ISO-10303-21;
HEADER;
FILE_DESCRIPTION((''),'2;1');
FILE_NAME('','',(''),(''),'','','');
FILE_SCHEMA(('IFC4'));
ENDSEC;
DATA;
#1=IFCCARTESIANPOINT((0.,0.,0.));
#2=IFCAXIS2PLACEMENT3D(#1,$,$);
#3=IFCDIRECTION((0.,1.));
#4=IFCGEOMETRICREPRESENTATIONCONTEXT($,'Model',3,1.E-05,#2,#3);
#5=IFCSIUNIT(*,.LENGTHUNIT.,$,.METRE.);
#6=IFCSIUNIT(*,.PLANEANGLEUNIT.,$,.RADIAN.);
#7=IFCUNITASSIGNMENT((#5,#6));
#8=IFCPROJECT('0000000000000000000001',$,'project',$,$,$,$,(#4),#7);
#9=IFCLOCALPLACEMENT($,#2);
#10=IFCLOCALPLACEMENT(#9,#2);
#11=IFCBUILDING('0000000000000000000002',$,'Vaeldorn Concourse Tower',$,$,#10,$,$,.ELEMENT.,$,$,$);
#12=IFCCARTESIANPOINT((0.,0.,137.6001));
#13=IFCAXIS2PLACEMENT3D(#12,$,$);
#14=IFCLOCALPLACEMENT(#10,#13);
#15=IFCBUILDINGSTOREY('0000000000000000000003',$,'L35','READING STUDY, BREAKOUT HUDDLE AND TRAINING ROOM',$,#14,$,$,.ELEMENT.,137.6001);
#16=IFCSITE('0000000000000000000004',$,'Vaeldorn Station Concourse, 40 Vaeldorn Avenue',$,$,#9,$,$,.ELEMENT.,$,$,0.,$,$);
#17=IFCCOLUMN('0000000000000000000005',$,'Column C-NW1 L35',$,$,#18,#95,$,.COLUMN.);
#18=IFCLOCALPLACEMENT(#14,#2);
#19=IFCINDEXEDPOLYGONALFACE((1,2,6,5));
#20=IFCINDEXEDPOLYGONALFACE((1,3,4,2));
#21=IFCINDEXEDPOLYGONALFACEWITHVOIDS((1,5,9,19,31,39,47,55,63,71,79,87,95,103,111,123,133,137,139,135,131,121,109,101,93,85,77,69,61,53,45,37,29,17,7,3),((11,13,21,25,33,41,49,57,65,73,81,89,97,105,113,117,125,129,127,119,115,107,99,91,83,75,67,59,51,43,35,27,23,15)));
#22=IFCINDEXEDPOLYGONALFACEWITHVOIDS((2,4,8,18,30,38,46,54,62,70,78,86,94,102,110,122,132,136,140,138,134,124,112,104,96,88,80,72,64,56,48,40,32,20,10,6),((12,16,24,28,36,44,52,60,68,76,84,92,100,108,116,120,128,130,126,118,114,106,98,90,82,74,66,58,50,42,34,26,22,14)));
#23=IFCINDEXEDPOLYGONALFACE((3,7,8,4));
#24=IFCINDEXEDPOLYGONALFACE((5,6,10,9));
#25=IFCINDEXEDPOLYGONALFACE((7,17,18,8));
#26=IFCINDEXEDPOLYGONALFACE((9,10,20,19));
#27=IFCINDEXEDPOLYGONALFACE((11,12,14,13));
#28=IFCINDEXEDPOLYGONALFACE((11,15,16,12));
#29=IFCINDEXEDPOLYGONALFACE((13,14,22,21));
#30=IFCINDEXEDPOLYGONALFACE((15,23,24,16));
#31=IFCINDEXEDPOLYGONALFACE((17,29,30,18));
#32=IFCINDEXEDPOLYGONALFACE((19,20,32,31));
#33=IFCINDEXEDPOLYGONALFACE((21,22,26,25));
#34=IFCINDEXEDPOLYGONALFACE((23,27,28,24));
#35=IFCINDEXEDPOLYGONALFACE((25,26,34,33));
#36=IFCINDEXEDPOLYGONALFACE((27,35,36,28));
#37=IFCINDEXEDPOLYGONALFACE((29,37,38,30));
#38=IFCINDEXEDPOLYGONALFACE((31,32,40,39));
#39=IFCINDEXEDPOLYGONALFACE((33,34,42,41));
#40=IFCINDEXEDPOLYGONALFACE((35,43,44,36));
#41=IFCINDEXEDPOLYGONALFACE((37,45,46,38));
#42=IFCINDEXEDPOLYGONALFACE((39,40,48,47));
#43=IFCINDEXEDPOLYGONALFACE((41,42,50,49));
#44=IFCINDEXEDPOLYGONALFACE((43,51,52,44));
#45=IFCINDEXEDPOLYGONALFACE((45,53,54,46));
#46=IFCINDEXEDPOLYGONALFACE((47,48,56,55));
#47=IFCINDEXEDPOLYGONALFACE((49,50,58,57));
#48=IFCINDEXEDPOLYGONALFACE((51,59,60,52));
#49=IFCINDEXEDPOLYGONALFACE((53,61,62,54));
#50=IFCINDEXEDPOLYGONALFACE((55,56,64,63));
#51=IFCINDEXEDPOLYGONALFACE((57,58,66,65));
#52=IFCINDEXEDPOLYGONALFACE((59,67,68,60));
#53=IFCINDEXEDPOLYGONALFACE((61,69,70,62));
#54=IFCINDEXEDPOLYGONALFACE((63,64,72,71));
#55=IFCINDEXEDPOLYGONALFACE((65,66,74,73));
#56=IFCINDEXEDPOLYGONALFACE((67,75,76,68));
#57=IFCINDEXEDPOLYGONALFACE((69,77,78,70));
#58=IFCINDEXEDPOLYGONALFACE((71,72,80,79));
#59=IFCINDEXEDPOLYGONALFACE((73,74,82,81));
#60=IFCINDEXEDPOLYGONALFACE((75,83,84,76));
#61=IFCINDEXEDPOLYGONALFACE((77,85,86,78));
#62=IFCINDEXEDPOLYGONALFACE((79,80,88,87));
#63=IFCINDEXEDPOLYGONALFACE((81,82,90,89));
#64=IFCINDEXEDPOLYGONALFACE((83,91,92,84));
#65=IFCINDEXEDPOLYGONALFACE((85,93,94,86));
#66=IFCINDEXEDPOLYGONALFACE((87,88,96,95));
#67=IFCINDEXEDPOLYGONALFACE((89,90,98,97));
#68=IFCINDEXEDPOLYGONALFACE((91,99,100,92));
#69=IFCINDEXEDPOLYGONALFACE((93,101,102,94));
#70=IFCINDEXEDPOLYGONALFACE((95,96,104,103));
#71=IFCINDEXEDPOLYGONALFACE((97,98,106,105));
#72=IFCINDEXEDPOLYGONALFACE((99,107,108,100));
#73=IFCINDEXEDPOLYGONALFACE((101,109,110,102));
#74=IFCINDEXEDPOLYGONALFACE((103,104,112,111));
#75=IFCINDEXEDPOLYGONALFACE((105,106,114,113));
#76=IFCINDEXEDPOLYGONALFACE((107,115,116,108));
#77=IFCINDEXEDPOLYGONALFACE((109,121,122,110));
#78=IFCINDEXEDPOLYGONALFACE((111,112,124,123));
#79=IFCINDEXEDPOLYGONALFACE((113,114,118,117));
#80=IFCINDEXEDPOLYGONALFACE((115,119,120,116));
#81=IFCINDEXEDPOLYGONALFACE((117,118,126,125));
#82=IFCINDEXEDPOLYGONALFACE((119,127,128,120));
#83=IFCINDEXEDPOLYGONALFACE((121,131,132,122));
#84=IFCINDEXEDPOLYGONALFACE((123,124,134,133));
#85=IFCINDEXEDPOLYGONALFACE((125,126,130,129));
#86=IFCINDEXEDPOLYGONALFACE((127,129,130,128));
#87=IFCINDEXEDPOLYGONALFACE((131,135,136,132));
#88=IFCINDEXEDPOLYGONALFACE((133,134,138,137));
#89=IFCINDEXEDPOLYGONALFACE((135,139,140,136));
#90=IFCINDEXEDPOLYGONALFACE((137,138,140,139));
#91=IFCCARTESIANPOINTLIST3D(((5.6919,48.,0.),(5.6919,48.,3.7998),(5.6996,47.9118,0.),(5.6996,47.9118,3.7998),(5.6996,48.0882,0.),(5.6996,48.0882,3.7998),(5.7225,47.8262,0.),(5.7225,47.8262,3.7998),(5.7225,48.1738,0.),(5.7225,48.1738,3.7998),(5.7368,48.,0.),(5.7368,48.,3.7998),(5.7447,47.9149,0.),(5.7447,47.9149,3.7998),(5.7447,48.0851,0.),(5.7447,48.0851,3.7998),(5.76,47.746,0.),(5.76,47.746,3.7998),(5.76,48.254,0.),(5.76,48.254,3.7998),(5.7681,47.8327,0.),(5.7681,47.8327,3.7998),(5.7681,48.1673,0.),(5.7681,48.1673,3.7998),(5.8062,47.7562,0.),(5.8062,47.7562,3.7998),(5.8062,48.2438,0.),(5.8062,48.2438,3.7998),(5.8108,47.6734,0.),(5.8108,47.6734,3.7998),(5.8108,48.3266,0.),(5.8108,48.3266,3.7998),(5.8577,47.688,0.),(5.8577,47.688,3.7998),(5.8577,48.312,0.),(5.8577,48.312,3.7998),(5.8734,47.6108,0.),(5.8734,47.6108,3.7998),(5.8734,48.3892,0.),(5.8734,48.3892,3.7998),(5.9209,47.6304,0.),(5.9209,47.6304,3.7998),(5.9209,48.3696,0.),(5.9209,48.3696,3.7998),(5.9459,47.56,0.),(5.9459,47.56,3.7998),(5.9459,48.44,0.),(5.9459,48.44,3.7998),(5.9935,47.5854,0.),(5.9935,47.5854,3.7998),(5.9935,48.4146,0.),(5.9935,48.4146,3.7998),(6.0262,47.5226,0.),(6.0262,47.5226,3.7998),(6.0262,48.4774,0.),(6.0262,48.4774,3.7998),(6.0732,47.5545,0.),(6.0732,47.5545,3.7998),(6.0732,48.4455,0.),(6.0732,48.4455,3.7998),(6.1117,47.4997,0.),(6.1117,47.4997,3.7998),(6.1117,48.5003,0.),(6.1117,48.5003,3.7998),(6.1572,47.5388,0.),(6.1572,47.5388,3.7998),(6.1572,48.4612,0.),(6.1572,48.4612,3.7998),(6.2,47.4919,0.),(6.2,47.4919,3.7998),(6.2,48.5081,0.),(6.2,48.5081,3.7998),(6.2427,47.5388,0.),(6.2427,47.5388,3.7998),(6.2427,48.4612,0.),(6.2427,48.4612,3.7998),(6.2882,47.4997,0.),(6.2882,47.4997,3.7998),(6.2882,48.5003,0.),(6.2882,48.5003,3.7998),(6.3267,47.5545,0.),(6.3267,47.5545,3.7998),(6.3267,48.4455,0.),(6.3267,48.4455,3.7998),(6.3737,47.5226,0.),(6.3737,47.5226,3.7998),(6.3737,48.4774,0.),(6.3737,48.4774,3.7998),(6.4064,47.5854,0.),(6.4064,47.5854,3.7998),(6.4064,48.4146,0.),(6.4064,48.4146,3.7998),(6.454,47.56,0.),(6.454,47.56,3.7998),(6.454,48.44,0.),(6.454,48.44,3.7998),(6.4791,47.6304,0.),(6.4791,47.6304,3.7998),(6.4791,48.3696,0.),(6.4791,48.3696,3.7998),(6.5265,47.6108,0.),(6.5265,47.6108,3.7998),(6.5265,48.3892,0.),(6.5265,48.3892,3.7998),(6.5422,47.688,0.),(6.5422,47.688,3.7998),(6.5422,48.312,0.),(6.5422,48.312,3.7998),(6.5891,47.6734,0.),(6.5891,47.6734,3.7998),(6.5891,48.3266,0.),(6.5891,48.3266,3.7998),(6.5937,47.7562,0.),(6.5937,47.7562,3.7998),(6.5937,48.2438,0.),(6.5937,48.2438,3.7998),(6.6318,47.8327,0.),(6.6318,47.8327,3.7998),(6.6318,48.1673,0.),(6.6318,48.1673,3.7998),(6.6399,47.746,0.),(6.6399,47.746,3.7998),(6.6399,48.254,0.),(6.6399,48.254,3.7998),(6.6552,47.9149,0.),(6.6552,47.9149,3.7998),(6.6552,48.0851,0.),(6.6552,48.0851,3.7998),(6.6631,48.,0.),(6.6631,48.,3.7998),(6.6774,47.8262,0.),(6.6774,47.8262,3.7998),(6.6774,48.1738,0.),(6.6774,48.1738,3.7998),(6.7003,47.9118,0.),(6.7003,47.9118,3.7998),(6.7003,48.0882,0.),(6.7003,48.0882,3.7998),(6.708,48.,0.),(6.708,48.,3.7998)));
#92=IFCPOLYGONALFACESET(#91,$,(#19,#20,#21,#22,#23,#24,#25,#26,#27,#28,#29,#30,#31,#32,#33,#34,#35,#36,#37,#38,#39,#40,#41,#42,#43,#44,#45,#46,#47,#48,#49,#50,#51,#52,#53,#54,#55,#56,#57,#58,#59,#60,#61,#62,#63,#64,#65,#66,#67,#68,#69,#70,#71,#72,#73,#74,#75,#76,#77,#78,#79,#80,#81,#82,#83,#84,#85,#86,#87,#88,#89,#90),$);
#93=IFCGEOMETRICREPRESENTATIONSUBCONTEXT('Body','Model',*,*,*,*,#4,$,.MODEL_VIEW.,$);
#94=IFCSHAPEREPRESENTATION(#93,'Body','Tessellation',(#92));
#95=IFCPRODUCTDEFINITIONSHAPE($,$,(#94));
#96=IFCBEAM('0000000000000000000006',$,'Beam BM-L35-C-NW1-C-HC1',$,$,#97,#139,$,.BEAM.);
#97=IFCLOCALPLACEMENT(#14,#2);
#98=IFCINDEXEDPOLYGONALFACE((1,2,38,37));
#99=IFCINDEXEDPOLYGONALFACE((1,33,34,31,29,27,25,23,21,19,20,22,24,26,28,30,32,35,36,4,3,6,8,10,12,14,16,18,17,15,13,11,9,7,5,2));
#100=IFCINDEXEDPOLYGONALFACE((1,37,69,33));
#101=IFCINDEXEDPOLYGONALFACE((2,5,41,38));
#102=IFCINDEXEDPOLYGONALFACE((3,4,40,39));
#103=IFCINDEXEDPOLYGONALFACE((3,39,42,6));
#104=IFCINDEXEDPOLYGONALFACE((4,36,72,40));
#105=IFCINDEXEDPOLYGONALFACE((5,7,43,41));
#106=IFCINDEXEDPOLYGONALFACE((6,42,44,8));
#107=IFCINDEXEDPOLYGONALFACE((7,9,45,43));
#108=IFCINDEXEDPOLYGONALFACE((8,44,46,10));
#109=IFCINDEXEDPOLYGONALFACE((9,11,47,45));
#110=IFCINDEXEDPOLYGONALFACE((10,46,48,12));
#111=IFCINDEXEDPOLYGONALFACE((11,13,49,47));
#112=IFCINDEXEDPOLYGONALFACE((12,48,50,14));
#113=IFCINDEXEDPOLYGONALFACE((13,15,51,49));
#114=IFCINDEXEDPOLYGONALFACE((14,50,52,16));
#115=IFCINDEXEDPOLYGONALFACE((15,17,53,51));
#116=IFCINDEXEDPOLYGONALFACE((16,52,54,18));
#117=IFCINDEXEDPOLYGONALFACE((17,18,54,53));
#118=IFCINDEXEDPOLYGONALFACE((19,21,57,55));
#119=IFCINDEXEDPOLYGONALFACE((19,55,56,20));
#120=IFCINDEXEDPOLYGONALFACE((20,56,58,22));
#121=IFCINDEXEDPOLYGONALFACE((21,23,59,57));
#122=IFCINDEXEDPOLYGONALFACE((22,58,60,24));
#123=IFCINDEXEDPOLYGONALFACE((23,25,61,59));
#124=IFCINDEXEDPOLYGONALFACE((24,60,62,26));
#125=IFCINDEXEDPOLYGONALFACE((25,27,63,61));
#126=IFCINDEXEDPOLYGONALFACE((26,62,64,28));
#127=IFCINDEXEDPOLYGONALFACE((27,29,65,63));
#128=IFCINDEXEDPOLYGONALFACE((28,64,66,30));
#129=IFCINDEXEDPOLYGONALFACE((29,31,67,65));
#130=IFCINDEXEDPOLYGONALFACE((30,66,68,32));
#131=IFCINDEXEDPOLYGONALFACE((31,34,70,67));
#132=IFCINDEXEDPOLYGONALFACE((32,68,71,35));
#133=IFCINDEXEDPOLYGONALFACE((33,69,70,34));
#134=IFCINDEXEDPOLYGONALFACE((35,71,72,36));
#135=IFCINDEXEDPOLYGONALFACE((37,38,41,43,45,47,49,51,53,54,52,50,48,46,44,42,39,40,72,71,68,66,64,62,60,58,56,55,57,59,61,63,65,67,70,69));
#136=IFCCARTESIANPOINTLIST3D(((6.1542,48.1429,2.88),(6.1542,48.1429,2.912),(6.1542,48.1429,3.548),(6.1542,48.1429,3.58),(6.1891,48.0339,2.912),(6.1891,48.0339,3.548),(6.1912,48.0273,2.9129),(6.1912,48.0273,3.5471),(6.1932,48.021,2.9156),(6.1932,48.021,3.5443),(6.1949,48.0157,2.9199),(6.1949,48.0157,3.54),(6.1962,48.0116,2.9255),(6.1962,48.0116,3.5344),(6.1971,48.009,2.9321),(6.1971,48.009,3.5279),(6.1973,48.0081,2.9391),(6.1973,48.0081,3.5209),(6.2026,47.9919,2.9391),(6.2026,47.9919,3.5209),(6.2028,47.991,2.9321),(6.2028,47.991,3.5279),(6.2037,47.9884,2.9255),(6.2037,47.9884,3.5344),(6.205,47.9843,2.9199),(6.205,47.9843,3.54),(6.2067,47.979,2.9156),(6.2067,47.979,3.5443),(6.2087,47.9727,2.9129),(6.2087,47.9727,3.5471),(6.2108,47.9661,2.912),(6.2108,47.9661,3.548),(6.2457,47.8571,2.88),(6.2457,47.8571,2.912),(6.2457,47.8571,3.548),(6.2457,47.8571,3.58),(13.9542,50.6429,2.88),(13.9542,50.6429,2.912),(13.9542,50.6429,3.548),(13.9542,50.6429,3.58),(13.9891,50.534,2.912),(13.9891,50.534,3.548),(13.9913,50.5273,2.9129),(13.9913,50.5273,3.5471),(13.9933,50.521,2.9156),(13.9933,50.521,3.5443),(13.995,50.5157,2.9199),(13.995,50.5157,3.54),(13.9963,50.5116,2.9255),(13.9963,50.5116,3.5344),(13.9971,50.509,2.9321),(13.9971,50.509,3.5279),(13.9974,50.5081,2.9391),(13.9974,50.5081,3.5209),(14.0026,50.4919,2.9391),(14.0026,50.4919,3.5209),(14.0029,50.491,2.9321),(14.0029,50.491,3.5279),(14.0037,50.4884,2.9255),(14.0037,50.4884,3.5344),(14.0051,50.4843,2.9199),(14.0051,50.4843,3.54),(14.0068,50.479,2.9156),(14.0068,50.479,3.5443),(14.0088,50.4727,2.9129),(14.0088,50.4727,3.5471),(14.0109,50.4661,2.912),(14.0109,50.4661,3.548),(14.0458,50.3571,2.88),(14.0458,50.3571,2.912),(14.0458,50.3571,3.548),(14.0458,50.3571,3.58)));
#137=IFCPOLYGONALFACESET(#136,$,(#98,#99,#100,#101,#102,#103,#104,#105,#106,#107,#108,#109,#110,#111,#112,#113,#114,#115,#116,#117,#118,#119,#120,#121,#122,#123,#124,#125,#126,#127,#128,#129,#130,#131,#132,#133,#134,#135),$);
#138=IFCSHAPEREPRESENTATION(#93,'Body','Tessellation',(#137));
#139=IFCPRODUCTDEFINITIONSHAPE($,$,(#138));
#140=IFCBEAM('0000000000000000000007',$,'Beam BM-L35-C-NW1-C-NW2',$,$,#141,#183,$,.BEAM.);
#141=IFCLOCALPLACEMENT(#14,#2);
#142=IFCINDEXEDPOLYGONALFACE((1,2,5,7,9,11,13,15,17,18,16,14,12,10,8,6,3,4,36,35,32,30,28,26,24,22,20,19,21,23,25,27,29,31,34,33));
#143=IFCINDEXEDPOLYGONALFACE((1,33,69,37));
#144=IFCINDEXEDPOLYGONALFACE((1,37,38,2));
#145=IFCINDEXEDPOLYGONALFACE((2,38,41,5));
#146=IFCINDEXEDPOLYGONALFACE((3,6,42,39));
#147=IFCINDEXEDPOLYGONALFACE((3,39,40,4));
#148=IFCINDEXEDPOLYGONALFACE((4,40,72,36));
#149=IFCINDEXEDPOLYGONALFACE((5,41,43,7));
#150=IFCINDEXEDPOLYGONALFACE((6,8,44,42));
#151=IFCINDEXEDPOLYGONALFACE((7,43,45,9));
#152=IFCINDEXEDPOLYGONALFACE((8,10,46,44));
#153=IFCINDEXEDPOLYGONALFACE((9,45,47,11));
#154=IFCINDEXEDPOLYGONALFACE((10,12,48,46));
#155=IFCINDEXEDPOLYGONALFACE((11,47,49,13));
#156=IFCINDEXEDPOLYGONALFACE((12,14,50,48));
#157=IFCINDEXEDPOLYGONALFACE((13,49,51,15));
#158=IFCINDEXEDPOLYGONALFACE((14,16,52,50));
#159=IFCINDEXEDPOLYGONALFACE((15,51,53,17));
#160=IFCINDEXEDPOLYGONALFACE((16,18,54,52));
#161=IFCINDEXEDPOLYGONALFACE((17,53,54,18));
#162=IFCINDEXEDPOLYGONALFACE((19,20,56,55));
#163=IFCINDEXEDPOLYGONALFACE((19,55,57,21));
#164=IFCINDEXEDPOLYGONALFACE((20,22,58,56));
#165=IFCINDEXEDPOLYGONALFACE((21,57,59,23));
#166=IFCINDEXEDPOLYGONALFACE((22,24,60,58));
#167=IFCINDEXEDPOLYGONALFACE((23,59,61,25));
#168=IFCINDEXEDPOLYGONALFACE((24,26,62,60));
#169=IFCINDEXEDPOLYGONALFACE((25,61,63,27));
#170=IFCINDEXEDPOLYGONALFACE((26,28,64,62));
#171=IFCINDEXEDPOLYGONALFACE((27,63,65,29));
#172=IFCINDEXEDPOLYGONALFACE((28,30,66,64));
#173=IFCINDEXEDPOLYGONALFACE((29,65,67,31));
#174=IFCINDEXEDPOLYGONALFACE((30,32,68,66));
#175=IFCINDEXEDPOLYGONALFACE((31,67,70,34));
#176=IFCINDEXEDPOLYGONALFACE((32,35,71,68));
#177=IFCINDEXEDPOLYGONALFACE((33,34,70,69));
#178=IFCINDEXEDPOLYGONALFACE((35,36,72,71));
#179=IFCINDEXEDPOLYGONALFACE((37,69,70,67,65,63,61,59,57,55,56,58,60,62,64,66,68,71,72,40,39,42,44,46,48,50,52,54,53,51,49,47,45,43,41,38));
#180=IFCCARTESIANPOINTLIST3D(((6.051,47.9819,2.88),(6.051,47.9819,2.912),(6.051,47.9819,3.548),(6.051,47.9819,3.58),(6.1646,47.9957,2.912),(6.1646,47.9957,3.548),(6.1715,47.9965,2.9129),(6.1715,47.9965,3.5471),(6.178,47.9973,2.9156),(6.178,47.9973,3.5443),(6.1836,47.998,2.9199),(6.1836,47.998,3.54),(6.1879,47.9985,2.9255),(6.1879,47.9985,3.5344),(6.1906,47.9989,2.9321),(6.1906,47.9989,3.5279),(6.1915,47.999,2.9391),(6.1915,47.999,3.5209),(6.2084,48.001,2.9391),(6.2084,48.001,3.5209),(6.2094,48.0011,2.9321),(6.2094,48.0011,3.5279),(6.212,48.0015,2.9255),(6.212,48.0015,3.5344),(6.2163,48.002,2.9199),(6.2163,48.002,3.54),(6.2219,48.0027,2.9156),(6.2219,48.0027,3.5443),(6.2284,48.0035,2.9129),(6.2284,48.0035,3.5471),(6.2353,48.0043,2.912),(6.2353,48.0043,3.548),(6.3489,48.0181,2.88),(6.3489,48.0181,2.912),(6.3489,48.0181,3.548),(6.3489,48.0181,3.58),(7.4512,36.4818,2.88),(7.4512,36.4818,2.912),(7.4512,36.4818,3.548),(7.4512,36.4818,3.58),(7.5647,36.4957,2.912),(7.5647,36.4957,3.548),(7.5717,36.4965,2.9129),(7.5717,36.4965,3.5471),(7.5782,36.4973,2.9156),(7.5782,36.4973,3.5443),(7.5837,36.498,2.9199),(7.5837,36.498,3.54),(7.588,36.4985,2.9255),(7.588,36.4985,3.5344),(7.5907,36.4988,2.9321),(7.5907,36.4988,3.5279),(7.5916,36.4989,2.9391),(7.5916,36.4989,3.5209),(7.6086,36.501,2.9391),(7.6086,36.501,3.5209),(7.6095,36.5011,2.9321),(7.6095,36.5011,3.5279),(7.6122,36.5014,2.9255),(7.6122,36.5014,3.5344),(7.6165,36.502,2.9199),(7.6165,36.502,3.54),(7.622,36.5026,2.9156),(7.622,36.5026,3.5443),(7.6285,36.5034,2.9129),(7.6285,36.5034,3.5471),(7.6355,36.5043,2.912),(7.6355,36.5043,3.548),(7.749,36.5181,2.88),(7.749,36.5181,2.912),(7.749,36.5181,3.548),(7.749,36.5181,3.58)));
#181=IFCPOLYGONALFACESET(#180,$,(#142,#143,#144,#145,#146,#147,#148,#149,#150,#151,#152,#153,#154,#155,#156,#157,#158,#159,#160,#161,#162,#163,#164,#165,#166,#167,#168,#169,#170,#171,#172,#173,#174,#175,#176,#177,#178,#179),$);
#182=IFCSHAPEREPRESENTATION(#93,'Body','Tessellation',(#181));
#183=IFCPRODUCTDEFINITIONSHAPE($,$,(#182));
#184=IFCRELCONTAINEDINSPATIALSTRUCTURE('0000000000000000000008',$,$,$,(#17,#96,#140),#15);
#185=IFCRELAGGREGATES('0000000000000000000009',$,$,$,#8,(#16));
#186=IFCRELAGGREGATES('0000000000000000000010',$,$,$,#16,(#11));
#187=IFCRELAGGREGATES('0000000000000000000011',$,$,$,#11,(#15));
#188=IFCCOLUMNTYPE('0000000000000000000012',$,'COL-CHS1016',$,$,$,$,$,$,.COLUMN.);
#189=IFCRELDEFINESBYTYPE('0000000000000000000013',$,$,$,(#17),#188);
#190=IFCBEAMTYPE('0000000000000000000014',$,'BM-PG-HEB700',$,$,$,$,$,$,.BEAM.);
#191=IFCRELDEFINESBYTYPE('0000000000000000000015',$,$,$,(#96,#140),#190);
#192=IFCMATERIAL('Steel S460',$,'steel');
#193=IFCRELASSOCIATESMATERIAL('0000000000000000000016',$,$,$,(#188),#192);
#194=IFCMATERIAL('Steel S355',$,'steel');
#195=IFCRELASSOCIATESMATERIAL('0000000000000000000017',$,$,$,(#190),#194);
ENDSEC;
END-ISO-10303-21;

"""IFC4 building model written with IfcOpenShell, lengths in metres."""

from ifc_helpers import new_model, si_unit, direction, frame, origin, origin_2d, place, context, subcontext, project, spatial, hollow_circle, i_section, extrude, source, transform, mapped, material, material_profile, profile_set, type_object, element, save


model = new_model("IFC4")

# Units and contexts
model_context = context("Model", 3, precision=1e-05, world=origin(), true_north=direction((0.0, 1.0)))
body_context = subcontext(model_context, "Body", "Model", "MODEL_VIEW")
ifc_project = project(units=[si_unit("LENGTHUNIT", "METRE"), si_unit("PLANEANGLEUNIT", "RADIAN")], contexts=[model_context])

# Site, building, storey
site_placement = place(None, origin())
site = spatial("IfcSite", under=ifc_project, at=site_placement, Name="Vaeldorn Station Concourse, 40 Vaeldorn Avenue", CompositionType="ELEMENT", RefElevation=0.0)
building_placement = place(site_placement, origin())
building = spatial("IfcBuilding", under=site, at=building_placement, Name="Vaeldorn Concourse Tower", CompositionType="ELEMENT")
storey_placement = place(building_placement, frame((0.0, 0.0, 137.6001)))
storey = spatial("IfcBuildingStorey", under=building, at=storey_placement, Name="L35", Description="READING STUDY, BREAKOUT HUDDLE AND TRAINING ROOM", CompositionType="ELEMENT", Elevation=137.6001)

# Column
ifc_material_1 = material(Name="Steel S460", Category="steel")
ifc_material_profile_1 = material_profile(ifc_material_1, hollow_circle(Radius=0.5081, WallThickness=0.0449, at=origin_2d()), Name="CHS 1016x45")
ifc_profile_set_1 = profile_set([ifc_material_profile_1], Name="Steel S460")
column_type = type_object("IfcColumnType", Name="COL-CHS1016", PredefinedType="COLUMN", material=ifc_profile_set_1)
shared_shape_1 = source(origin(), body_context, "Body", "SweptSolid", [
    extrude(hollow_circle(Radius=0.5081, WallThickness=0.0449, at=origin_2d()), origin(), (0.0, 0.0, 1.0), 3.7998),
])
column_placement = place(storey_placement, frame((6.2, 48.0, 0.0), z_axis=(0.0, 0.0, 1.0), x_axis=(1.0, 0.0, 0.0)))
element("IfcColumn", 1, at=column_placement, inside=storey, type_object=column_type, Name="Column C-NW1 L35", PredefinedType="COLUMN", context=body_context, shape_type="MappedRepresentation", body=[
    mapped(shared_shape_1, transform((0.0, 0.0, 0.0), scale=1.0)),
])

# Beams
ifc_material_2 = material(Name="Steel S355", Category="steel")
ifc_material_profile_2 = material_profile(ifc_material_2, i_section(OverallWidth=0.3, OverallDepth=0.7, WebThickness=0.0171, FlangeThickness=0.032, FilletRadius=0.0271, at=origin_2d()), Name="HEB 700")
ifc_profile_set_2 = profile_set([ifc_material_profile_2], Name="Steel S355")
beam_type_1 = type_object("IfcBeamType", Name="BM-PG-HEB700", PredefinedType="BEAM", material=ifc_profile_set_2)
shared_shape_2 = source(origin(), body_context, "Body", "SweptSolid", [
    extrude(i_section(OverallWidth=0.3, OverallDepth=0.7, WebThickness=0.0171, FlangeThickness=0.032, FilletRadius=0.0271, at=origin_2d()), origin(), (0.0, 0.0, 1.0), 8.1909),
])
beam_1_placement = place(storey_placement, frame((6.2, 48.0, 3.23), z_axis=(0.952283, 0.305217, 0.0), x_axis=(-0.305217, 0.952283, 0.0)))
element("IfcBeam", 2, at=beam_1_placement, inside=storey, type_object=beam_type_1, Name="Beam BM-L35-C-NW1-C-HC1", PredefinedType="BEAM", context=body_context, shape_type="MappedRepresentation", body=[
    mapped(shared_shape_2, transform((0.0, 0.0, 0.0), scale=1.0)),
])
shared_shape_3 = source(origin(), body_context, "Body", "SweptSolid", [
    extrude(i_section(OverallWidth=0.3, OverallDepth=0.7, WebThickness=0.0171, FlangeThickness=0.032, FilletRadius=0.0271, at=origin_2d()), origin(), (0.0, 0.0, 1.0), 11.585),
])
beam_2_placement = place(storey_placement, frame((6.2, 48.0, 3.23), z_axis=(0.120859, -0.99267, 0.0), x_axis=(0.99267, 0.120859, 0.0)))
element("IfcBeam", 3, at=beam_2_placement, inside=storey, type_object=beam_type_1, Name="Beam BM-L35-C-NW1-C-NW2", PredefinedType="BEAM", context=body_context, shape_type="MappedRepresentation", body=[
    mapped(shared_shape_3, transform((0.0, 0.0, 0.0), scale=1.0)),
])

save(model, "model.ifc")
